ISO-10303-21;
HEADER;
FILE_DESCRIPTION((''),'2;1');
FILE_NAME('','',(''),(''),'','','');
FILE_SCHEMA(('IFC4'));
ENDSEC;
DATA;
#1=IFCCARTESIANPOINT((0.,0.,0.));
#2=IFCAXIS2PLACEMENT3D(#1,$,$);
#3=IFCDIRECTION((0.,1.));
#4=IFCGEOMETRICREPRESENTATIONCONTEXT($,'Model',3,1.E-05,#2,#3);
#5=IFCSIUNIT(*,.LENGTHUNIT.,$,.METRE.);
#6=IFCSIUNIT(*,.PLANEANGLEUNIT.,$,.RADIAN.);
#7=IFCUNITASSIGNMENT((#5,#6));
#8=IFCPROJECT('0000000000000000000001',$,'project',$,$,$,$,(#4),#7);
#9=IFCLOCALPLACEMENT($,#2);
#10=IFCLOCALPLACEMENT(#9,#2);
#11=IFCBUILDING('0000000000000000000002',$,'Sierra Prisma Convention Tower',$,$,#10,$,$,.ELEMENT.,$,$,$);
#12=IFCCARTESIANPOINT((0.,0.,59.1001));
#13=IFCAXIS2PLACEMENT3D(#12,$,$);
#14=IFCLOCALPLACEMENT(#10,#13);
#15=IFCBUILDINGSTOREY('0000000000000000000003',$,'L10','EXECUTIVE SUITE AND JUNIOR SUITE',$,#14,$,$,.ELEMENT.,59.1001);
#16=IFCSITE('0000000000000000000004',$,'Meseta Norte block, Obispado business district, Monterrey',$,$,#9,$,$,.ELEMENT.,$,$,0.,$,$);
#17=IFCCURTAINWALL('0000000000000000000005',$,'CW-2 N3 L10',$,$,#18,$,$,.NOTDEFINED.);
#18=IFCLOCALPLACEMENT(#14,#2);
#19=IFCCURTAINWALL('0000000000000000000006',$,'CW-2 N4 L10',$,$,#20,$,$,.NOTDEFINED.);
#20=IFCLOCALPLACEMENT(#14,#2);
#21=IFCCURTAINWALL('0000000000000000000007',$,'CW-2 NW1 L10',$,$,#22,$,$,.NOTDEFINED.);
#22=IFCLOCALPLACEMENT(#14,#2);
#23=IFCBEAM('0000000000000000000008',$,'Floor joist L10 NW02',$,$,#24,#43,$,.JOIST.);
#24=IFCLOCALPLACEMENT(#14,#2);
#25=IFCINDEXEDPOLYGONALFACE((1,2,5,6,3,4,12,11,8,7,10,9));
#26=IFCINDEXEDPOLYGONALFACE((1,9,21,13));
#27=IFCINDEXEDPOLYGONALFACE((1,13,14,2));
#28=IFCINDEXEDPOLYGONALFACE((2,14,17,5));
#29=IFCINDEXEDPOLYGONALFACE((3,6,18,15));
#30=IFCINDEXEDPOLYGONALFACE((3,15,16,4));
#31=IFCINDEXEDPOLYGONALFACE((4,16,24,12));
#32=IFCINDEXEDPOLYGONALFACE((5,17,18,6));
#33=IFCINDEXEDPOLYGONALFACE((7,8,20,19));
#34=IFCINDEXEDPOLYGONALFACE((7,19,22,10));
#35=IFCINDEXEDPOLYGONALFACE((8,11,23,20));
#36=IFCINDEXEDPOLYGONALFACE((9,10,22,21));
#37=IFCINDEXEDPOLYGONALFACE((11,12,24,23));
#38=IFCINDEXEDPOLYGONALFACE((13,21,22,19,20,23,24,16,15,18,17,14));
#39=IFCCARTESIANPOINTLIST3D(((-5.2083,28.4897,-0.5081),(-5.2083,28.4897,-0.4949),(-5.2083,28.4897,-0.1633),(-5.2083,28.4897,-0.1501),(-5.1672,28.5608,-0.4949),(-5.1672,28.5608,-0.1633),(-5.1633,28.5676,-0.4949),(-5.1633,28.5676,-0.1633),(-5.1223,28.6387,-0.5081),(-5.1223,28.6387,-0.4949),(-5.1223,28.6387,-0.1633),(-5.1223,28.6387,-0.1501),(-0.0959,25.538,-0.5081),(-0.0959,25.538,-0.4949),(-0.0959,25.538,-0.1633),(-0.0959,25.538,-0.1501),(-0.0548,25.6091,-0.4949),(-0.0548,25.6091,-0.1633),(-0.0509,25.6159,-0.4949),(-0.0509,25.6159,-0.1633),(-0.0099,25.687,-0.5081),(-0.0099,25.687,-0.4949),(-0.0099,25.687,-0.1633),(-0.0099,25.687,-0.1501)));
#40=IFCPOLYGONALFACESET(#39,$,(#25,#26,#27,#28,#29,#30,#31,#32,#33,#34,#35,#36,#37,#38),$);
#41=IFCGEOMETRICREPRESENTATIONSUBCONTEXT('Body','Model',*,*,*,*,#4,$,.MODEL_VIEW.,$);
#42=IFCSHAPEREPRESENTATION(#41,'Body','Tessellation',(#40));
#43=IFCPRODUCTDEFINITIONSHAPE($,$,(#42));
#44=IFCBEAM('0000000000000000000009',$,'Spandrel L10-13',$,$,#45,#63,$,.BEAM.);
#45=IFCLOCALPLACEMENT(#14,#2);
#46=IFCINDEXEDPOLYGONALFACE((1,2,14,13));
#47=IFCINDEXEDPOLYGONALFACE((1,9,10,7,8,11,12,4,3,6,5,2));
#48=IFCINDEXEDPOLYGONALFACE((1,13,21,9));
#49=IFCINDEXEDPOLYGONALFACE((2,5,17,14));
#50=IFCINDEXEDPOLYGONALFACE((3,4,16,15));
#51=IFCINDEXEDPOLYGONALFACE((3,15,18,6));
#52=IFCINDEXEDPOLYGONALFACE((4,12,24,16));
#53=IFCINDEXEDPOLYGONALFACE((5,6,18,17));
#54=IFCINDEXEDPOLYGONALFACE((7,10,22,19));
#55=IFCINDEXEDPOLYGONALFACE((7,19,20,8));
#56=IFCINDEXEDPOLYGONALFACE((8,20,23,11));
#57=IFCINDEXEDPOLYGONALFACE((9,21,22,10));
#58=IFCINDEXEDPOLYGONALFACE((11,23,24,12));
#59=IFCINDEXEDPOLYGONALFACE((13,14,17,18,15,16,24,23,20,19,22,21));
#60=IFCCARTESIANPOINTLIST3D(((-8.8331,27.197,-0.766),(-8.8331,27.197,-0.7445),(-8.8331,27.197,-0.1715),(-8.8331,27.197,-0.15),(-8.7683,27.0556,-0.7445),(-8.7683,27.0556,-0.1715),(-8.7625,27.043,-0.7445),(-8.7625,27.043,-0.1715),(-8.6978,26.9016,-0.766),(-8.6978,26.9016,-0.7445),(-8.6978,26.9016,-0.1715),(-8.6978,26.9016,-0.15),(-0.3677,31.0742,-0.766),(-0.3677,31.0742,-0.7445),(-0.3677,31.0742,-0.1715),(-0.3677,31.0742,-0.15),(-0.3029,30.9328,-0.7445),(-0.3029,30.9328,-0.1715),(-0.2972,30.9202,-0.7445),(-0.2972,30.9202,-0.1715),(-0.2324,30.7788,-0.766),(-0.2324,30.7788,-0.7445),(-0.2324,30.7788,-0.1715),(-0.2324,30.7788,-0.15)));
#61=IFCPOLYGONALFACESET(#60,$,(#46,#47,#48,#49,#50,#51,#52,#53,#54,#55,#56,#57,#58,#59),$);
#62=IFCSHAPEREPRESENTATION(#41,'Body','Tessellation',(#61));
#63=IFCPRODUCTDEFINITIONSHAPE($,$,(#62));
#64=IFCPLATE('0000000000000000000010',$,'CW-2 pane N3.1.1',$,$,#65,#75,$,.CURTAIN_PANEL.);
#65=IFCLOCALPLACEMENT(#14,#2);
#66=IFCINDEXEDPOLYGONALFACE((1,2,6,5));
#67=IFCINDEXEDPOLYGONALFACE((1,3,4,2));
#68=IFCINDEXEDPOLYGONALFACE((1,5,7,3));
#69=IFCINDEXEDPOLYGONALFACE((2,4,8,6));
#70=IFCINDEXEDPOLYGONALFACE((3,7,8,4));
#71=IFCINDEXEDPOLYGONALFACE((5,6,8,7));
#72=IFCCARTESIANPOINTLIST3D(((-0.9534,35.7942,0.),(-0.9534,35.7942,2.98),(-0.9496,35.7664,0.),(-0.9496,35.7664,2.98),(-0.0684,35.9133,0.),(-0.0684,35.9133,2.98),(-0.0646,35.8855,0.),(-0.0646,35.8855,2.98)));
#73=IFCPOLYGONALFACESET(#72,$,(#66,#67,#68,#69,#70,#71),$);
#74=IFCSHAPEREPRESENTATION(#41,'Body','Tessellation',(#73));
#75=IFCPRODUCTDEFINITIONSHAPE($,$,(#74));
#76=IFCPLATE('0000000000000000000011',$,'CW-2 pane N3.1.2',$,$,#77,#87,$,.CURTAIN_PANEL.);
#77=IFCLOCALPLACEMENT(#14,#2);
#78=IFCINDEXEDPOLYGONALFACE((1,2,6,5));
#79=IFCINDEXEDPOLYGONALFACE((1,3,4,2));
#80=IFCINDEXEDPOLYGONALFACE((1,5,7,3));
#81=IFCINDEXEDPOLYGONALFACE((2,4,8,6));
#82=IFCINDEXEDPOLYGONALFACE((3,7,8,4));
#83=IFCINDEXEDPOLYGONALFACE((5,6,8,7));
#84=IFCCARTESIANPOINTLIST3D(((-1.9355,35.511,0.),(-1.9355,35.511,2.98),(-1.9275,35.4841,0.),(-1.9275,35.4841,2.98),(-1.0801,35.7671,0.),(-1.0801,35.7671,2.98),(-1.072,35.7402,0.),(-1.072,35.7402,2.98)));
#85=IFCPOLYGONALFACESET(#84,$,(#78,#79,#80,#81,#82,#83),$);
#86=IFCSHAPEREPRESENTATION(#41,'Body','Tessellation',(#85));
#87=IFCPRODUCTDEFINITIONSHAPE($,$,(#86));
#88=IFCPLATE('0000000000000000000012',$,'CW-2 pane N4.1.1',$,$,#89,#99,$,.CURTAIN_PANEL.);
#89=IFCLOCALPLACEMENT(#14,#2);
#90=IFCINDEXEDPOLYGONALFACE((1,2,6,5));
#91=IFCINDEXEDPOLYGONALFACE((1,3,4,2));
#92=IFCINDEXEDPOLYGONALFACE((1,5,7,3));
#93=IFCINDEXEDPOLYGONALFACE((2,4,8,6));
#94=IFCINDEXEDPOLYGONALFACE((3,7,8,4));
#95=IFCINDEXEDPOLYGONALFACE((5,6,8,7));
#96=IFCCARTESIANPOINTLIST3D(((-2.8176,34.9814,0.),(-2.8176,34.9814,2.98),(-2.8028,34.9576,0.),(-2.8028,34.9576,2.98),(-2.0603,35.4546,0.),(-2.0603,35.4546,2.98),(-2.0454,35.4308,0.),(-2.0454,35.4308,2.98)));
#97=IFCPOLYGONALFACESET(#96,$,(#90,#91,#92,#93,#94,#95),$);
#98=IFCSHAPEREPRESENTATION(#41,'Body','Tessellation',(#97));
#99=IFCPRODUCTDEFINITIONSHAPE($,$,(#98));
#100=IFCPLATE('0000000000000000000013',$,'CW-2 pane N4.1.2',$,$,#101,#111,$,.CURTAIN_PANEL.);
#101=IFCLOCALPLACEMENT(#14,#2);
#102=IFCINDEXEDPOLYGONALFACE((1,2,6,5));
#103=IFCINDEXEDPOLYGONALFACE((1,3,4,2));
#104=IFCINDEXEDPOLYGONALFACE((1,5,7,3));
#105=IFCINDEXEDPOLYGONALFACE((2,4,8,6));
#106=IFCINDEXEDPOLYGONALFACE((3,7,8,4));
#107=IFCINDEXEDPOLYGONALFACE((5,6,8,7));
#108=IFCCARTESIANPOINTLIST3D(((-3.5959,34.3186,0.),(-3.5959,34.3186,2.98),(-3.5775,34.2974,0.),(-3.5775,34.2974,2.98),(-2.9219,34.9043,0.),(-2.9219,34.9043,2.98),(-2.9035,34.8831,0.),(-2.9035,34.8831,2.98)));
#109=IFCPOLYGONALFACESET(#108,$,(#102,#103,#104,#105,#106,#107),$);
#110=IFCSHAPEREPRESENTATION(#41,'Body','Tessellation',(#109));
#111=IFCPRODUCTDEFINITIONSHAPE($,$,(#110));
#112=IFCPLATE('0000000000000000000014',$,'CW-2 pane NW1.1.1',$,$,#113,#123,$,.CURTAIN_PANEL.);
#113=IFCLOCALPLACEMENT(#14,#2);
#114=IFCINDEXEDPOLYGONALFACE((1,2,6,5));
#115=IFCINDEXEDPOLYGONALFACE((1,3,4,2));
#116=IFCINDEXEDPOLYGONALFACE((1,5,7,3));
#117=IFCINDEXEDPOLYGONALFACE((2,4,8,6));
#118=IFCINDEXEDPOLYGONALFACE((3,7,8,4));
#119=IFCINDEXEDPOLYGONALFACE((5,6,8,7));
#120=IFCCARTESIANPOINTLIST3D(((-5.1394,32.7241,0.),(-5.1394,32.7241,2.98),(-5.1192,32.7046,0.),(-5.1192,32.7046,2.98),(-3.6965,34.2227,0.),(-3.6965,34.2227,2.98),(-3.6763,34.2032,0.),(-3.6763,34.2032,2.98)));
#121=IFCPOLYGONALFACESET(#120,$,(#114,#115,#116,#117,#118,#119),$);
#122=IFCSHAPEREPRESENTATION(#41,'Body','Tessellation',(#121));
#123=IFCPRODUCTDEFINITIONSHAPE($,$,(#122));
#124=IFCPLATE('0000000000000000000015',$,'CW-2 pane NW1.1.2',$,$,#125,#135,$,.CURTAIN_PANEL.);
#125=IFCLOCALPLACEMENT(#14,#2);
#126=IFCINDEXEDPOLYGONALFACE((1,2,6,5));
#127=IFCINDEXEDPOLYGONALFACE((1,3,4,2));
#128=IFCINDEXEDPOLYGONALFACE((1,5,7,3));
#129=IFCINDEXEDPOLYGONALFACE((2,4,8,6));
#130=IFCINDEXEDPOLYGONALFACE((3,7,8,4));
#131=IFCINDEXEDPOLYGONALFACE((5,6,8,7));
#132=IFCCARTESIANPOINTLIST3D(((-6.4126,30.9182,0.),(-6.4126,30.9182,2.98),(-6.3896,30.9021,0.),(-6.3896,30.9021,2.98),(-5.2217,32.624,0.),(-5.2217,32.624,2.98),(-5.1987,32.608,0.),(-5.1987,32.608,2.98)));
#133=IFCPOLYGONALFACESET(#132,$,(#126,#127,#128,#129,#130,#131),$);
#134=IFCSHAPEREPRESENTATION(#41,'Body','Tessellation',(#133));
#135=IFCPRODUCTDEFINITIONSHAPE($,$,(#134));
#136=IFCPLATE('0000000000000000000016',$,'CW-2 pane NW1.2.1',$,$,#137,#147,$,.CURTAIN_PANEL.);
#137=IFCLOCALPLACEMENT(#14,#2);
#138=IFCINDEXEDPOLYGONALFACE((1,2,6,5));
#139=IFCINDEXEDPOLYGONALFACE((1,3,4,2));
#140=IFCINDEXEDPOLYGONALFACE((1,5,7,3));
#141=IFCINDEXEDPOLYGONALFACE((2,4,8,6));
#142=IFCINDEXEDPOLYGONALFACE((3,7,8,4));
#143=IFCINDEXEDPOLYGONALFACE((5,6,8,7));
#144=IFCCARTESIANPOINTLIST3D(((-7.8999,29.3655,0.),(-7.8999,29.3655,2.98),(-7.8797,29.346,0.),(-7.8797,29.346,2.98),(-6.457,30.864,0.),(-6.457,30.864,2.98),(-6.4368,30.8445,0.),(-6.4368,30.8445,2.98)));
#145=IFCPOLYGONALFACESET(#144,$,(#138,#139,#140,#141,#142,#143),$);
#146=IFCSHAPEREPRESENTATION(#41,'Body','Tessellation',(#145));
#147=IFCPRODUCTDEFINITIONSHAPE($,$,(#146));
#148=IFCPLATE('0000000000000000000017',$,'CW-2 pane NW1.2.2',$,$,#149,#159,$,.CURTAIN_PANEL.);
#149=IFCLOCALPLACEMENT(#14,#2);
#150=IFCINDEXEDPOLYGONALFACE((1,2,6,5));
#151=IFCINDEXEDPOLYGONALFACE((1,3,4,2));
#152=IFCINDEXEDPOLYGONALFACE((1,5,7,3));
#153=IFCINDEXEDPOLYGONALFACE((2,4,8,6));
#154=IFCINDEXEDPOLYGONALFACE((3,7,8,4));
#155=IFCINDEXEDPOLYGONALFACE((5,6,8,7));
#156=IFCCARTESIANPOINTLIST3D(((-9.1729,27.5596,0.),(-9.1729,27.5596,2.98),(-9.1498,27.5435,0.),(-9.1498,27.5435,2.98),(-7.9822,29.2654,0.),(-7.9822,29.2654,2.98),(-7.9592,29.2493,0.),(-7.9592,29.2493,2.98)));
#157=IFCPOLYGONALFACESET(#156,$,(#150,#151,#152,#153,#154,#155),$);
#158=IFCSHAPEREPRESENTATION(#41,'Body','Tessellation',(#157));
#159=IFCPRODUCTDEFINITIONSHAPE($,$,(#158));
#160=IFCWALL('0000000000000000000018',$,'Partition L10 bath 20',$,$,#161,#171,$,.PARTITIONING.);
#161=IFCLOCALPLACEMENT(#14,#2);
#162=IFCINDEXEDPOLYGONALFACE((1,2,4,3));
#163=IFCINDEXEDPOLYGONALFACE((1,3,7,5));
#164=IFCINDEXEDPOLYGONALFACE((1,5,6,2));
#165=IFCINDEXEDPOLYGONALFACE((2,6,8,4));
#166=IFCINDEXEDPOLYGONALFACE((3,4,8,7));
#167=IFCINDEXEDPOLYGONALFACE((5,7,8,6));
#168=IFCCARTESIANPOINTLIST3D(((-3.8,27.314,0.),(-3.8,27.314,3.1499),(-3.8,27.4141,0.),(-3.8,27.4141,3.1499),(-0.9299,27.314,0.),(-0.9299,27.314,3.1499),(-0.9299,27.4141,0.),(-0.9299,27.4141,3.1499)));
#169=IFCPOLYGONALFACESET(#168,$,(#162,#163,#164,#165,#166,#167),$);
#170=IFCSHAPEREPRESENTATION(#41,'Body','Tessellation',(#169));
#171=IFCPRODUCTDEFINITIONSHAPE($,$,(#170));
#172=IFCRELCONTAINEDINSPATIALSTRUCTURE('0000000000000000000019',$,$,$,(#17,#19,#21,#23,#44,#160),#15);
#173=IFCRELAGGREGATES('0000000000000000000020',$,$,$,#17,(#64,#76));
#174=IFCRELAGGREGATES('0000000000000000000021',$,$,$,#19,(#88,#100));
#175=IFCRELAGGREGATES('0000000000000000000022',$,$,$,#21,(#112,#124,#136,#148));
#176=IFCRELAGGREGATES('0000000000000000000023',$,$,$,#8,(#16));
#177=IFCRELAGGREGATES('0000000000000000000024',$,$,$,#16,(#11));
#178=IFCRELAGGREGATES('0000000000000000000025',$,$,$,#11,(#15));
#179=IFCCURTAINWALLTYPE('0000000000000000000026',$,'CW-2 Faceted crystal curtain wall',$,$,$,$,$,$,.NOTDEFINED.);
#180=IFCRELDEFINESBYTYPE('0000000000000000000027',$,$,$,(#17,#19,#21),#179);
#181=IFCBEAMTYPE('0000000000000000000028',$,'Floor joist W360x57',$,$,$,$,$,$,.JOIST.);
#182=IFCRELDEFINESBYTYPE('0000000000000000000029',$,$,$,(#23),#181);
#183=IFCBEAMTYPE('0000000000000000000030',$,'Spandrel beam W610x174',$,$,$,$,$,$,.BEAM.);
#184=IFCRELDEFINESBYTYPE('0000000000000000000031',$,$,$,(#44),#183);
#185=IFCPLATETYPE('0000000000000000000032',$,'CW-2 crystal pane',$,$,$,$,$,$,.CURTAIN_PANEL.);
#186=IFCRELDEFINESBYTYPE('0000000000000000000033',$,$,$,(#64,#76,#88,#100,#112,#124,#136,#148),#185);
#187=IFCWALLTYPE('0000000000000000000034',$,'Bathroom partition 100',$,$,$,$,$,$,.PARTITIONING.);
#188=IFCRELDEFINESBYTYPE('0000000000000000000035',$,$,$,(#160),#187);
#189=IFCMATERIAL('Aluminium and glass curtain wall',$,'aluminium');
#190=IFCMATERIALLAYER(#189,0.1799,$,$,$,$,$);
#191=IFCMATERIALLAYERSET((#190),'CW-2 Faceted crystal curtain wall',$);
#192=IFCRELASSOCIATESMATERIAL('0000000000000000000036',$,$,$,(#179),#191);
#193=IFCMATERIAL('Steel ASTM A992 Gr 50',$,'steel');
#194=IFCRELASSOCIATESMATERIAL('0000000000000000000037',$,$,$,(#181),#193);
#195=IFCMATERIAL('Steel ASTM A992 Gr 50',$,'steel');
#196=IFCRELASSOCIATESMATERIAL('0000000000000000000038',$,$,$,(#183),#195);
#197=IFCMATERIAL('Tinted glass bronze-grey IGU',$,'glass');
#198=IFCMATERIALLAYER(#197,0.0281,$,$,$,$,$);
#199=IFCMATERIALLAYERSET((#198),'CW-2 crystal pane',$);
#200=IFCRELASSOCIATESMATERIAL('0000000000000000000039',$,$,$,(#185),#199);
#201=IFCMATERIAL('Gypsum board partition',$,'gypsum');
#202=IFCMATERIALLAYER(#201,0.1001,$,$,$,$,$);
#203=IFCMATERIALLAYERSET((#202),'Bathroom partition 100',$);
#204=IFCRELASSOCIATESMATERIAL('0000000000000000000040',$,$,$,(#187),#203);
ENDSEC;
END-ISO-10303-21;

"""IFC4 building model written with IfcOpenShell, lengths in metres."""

from ifc_helpers import new_model, si_unit, direction, frame, frame_2d, origin, origin_2d, place, context, subcontext, project, spatial, polyline, rectangle, i_section, outline, extrude, material, layer, layer_set, material_profile, profile_set, type_object, element, aggregate, save


model = new_model("IFC4")

# Units and contexts
model_context = context("Model", 3, precision=1e-05, world=origin(), true_north=direction((0.0, 1.0)))
body_context = subcontext(model_context, "Body", "Model", "MODEL_VIEW")
ifc_project = project(units=[si_unit("LENGTHUNIT", "METRE"), si_unit("PLANEANGLEUNIT", "RADIAN")], contexts=[model_context])

# Site, building, storey
site_placement = place(None, origin())
site = spatial("IfcSite", under=ifc_project, at=site_placement, Name="Meseta Norte block, Obispado business district, Monterrey", CompositionType="ELEMENT", RefElevation=0.0)
building_placement = place(site_placement, origin())
building = spatial("IfcBuilding", under=site, at=building_placement, Name="Sierra Prisma Convention Tower", CompositionType="ELEMENT")
storey_placement = place(building_placement, frame((0.0, 0.0, 59.1001)))
storey = spatial("IfcBuildingStorey", under=building, at=storey_placement, Name="L10", Description="EXECUTIVE SUITE AND JUNIOR SUITE", CompositionType="ELEMENT", Elevation=59.1001)

# Curtain walls
ifc_material_1 = material(Name="Aluminium and glass curtain wall", Category="aluminium")
ifc_layer_1 = layer(ifc_material_1, 0.1799)
ifc_layer_set_1 = layer_set([ifc_layer_1], Name="CW-2 Faceted crystal curtain wall")
curtain_wall_type = type_object("IfcCurtainWallType", Name="CW-2 Faceted crystal curtain wall", PredefinedType="NOTDEFINED", material=ifc_layer_set_1)
curtain_wall_1_placement = place(storey_placement, origin())
curtain_wall_1 = element("IfcCurtainWall", 1, at=curtain_wall_1_placement, inside=storey, type_object=curtain_wall_type, Name="CW-2 N3 L10", PredefinedType="NOTDEFINED")
curtain_wall_2_placement = place(storey_placement, origin())
curtain_wall_2 = element("IfcCurtainWall", 2, at=curtain_wall_2_placement, inside=storey, type_object=curtain_wall_type, Name="CW-2 N4 L10", PredefinedType="NOTDEFINED")

# Curtain wall
curtain_wall_3_placement = place(storey_placement, origin())
curtain_wall_3 = element("IfcCurtainWall", 3, at=curtain_wall_3_placement, inside=storey, type_object=curtain_wall_type, Name="CW-2 NW1 L10", PredefinedType="NOTDEFINED")

# Beams
ifc_material_2 = material(Name="Steel ASTM A992 Gr 50", Category="steel")
ifc_material_profile_1 = material_profile(ifc_material_2, i_section(OverallWidth=0.1721, OverallDepth=0.3579, WebThickness=0.0078, FlangeThickness=0.0132, at=origin_2d()), Name="W360x57")
ifc_profile_set_1 = profile_set([ifc_material_profile_1], Name="Steel ASTM A992 Gr 50")
beam_type_1 = type_object("IfcBeamType", Name="Floor joist W360x57", PredefinedType="JOIST", material=ifc_profile_set_1)
beam_1_placement = place(storey_placement, frame((-5.1653, 28.5642, -0.3291), z_axis=(0.86602, -0.500009, 0.0), x_axis=(0.500009, 0.86602, 0.0)))
element("IfcBeam", 4, at=beam_1_placement, inside=storey, type_object=beam_type_1, Name="Floor joist L10 NW02", PredefinedType="JOIST", context=body_context, shape_type="SweptSolid", body=[
    extrude(i_section(OverallWidth=0.1721, OverallDepth=0.3579, WebThickness=0.0078, FlangeThickness=0.0132, at=origin_2d()), origin(), (0.0, 0.0, 1.0), 5.9033),
])
ifc_material_3 = material(Name="Steel ASTM A992 Gr 50", Category="steel")
ifc_material_profile_2 = material_profile(ifc_material_3, i_section(OverallWidth=0.325, OverallDepth=0.616, WebThickness=0.0139, FlangeThickness=0.0215, at=origin_2d()), Name="W610x174")
ifc_profile_set_2 = profile_set([ifc_material_profile_2], Name="Steel ASTM A992 Gr 50")
beam_type_2 = type_object("IfcBeamType", Name="Spandrel beam W610x174", PredefinedType="BEAM", material=ifc_profile_set_2)
beam_2_placement = place(storey_placement, frame((-0.3, 30.9265, -0.458), z_axis=(-0.909177, -0.416411, 0.0), x_axis=(0.416411, -0.909177, 0.0)))
element("IfcBeam", 5, at=beam_2_placement, inside=storey, type_object=beam_type_2, Name="Spandrel L10-13", PredefinedType="BEAM", context=body_context, shape_type="SweptSolid", body=[
    extrude(i_section(OverallWidth=0.325, OverallDepth=0.616, WebThickness=0.0139, FlangeThickness=0.0215, at=origin_2d()), origin(), (0.0, 0.0, 1.0), 9.311),
])

# Plates
ifc_material_4 = material(Name="Tinted glass bronze-grey IGU", Category="glass")
ifc_layer_2 = layer(ifc_material_4, 0.0281)
ifc_layer_set_2 = layer_set([ifc_layer_2], Name="CW-2 crystal pane")
plate_type = type_object("IfcPlateType", Name="CW-2 crystal pane", PredefinedType="CURTAIN_PANEL", material=ifc_layer_set_2)
plate_1_placement = place(storey_placement, frame((-0.0684, 35.9133, 0.0), z_axis=(-0.133417, 0.99106, 0.0), x_axis=(-0.99106, -0.133417, 0.0)))
plate_1 = element("IfcPlate", 6, at=plate_1_placement, type_object=plate_type, Name="CW-2 pane N3.1.1", PredefinedType="CURTAIN_PANEL", context=body_context, shape_type="SweptSolid", body=[
    extrude(outline(polyline([(0.0, 0.0), (0.893, 0.0), (0.893, 2.98), (0.0, 2.98), (0.0, 0.0)])), origin(), (0.0, 0.0, -1.0), 0.0281),
])
plate_2_placement = place(storey_placement, frame((-1.9355, 35.511, 0.0), z_axis=(-0.286796, 0.957992, 0.0), x_axis=(0.957992, 0.286796, 0.0)))
plate_2 = element("IfcPlate", 7, at=plate_2_placement, type_object=plate_type, Name="CW-2 pane N3.1.2", PredefinedType="CURTAIN_PANEL", context=body_context, shape_type="SweptSolid", body=[
    extrude(outline(polyline([(0.0, 0.0), (0.893, 0.0), (0.893, -2.98), (0.0, -2.98), (0.0, 0.0)])), origin(), (0.0, 0.0, -1.0), 0.0281),
])
aggregate(curtain_wall_1, [plate_1, plate_2])
plate_3_placement = place(storey_placement, frame((-2.0603, 35.4546, 0.0), z_axis=(-0.529851, 0.84809, 0.0), x_axis=(-0.84809, -0.529851, 0.0)))
plate_3 = element("IfcPlate", 8, at=plate_3_placement, type_object=plate_type, Name="CW-2 pane N4.1.1", PredefinedType="CURTAIN_PANEL", context=body_context, shape_type="SweptSolid", body=[
    extrude(outline(polyline([(0.0, 0.0), (0.893, 0.0), (0.893, 2.98), (0.0, 2.98), (0.0, 0.0)])), origin(), (0.0, 0.0, -1.0), 0.0281),
])
plate_4_placement = place(storey_placement, frame((-3.5959, 34.3186, 0.0), z_axis=(-0.655888, 0.754859, 0.0), x_axis=(0.754859, 0.655888, 0.0)))
plate_4 = element("IfcPlate", 9, at=plate_4_placement, type_object=plate_type, Name="CW-2 pane N4.1.2", PredefinedType="CURTAIN_PANEL", context=body_context, shape_type="SweptSolid", body=[
    extrude(outline(polyline([(0.0, 0.0), (0.893, 0.0), (0.893, -2.98), (0.0, -2.98), (0.0, 0.0)])), origin(), (0.0, 0.0, -1.0), 0.0281),
])
aggregate(curtain_wall_2, [plate_3, plate_4])
plate_5_placement = place(storey_placement, frame((-3.6965, 34.2227, 0.0), z_axis=(-0.720359, 0.693601, 0.0), x_axis=(-0.693601, -0.720359, 0.0)))
plate_5 = element("IfcPlate", 10, at=plate_5_placement, type_object=plate_type, Name="CW-2 pane NW1.1.1", PredefinedType="CURTAIN_PANEL", context=body_context, shape_type="SweptSolid", body=[
    extrude(outline(polyline([(0.0, 0.0), (2.0803, 0.0), (2.0803, 2.98), (0.0, 2.98), (0.0, 0.0)])), origin(), (0.0, 0.0, -1.0), 0.0281),
])
plate_6_placement = place(storey_placement, frame((-6.4126, 30.9182, 0.0), z_axis=(-0.819942, 0.572446, 0.0), x_axis=(0.572446, 0.819942, 0.0)))
plate_6 = element("IfcPlate", 11, at=plate_6_placement, type_object=plate_type, Name="CW-2 pane NW1.1.2", PredefinedType="CURTAIN_PANEL", context=body_context, shape_type="SweptSolid", body=[
    extrude(outline(polyline([(0.0, 0.0), (2.0804, 0.0), (2.0804, -2.98), (0.0, -2.98), (0.0, 0.0)])), origin(), (0.0, 0.0, -1.0), 0.0281),
])
plate_7_placement = place(storey_placement, frame((-6.457, 30.864, 0.0), z_axis=(-0.720359, 0.693601, 0.0), x_axis=(-0.693601, -0.720359, 0.0)))
plate_7 = element("IfcPlate", 12, at=plate_7_placement, type_object=plate_type, Name="CW-2 pane NW1.2.1", PredefinedType="CURTAIN_PANEL", context=body_context, shape_type="SweptSolid", body=[
    extrude(outline(polyline([(0.0, 0.0), (2.0803, 0.0), (2.0803, 2.98), (0.0, 2.98), (0.0, 0.0)])), origin(), (0.0, 0.0, -1.0), 0.0281),
])
plate_8_placement = place(storey_placement, frame((-9.1729, 27.5596, 0.0), z_axis=(-0.819998, 0.572367, 0.0), x_axis=(0.572367, 0.819998, 0.0)))
plate_8 = element("IfcPlate", 13, at=plate_8_placement, type_object=plate_type, Name="CW-2 pane NW1.2.2", PredefinedType="CURTAIN_PANEL", context=body_context, shape_type="SweptSolid", body=[
    extrude(outline(polyline([(0.0, 0.0), (2.0803, 0.0), (2.0803, -2.98), (0.0, -2.98), (0.0, 0.0)])), origin(), (0.0, 0.0, -1.0), 0.0281),
])
aggregate(curtain_wall_3, [plate_5, plate_6, plate_7, plate_8])

# Wall
ifc_material_5 = material(Name="Gypsum board partition", Category="gypsum")
ifc_layer_3 = layer(ifc_material_5, 0.1001)
ifc_layer_set_3 = layer_set([ifc_layer_3], Name="Bathroom partition 100")
wall_type_1 = type_object("IfcWallType", Name="Bathroom partition 100", PredefinedType="PARTITIONING", material=ifc_layer_set_3)
wall_1_placement = place(storey_placement, frame((-3.8, 27.364, 0.0), z_axis=(0.0, 0.0, 1.0), x_axis=(1.0, 0.0, 0.0)))
element("IfcWall", 14, at=wall_1_placement, inside=storey, type_object=wall_type_1, Name="Partition L10 bath 20", PredefinedType="PARTITIONING", context=body_context, shape_type="SweptSolid", body=[
    extrude(rectangle(XDim=2.8701, YDim=0.1001, at=frame_2d((1.4351, 0.0))), origin(), (0.0, 0.0, 1.0), 3.1499),
])

save(model, "model.ifc")
